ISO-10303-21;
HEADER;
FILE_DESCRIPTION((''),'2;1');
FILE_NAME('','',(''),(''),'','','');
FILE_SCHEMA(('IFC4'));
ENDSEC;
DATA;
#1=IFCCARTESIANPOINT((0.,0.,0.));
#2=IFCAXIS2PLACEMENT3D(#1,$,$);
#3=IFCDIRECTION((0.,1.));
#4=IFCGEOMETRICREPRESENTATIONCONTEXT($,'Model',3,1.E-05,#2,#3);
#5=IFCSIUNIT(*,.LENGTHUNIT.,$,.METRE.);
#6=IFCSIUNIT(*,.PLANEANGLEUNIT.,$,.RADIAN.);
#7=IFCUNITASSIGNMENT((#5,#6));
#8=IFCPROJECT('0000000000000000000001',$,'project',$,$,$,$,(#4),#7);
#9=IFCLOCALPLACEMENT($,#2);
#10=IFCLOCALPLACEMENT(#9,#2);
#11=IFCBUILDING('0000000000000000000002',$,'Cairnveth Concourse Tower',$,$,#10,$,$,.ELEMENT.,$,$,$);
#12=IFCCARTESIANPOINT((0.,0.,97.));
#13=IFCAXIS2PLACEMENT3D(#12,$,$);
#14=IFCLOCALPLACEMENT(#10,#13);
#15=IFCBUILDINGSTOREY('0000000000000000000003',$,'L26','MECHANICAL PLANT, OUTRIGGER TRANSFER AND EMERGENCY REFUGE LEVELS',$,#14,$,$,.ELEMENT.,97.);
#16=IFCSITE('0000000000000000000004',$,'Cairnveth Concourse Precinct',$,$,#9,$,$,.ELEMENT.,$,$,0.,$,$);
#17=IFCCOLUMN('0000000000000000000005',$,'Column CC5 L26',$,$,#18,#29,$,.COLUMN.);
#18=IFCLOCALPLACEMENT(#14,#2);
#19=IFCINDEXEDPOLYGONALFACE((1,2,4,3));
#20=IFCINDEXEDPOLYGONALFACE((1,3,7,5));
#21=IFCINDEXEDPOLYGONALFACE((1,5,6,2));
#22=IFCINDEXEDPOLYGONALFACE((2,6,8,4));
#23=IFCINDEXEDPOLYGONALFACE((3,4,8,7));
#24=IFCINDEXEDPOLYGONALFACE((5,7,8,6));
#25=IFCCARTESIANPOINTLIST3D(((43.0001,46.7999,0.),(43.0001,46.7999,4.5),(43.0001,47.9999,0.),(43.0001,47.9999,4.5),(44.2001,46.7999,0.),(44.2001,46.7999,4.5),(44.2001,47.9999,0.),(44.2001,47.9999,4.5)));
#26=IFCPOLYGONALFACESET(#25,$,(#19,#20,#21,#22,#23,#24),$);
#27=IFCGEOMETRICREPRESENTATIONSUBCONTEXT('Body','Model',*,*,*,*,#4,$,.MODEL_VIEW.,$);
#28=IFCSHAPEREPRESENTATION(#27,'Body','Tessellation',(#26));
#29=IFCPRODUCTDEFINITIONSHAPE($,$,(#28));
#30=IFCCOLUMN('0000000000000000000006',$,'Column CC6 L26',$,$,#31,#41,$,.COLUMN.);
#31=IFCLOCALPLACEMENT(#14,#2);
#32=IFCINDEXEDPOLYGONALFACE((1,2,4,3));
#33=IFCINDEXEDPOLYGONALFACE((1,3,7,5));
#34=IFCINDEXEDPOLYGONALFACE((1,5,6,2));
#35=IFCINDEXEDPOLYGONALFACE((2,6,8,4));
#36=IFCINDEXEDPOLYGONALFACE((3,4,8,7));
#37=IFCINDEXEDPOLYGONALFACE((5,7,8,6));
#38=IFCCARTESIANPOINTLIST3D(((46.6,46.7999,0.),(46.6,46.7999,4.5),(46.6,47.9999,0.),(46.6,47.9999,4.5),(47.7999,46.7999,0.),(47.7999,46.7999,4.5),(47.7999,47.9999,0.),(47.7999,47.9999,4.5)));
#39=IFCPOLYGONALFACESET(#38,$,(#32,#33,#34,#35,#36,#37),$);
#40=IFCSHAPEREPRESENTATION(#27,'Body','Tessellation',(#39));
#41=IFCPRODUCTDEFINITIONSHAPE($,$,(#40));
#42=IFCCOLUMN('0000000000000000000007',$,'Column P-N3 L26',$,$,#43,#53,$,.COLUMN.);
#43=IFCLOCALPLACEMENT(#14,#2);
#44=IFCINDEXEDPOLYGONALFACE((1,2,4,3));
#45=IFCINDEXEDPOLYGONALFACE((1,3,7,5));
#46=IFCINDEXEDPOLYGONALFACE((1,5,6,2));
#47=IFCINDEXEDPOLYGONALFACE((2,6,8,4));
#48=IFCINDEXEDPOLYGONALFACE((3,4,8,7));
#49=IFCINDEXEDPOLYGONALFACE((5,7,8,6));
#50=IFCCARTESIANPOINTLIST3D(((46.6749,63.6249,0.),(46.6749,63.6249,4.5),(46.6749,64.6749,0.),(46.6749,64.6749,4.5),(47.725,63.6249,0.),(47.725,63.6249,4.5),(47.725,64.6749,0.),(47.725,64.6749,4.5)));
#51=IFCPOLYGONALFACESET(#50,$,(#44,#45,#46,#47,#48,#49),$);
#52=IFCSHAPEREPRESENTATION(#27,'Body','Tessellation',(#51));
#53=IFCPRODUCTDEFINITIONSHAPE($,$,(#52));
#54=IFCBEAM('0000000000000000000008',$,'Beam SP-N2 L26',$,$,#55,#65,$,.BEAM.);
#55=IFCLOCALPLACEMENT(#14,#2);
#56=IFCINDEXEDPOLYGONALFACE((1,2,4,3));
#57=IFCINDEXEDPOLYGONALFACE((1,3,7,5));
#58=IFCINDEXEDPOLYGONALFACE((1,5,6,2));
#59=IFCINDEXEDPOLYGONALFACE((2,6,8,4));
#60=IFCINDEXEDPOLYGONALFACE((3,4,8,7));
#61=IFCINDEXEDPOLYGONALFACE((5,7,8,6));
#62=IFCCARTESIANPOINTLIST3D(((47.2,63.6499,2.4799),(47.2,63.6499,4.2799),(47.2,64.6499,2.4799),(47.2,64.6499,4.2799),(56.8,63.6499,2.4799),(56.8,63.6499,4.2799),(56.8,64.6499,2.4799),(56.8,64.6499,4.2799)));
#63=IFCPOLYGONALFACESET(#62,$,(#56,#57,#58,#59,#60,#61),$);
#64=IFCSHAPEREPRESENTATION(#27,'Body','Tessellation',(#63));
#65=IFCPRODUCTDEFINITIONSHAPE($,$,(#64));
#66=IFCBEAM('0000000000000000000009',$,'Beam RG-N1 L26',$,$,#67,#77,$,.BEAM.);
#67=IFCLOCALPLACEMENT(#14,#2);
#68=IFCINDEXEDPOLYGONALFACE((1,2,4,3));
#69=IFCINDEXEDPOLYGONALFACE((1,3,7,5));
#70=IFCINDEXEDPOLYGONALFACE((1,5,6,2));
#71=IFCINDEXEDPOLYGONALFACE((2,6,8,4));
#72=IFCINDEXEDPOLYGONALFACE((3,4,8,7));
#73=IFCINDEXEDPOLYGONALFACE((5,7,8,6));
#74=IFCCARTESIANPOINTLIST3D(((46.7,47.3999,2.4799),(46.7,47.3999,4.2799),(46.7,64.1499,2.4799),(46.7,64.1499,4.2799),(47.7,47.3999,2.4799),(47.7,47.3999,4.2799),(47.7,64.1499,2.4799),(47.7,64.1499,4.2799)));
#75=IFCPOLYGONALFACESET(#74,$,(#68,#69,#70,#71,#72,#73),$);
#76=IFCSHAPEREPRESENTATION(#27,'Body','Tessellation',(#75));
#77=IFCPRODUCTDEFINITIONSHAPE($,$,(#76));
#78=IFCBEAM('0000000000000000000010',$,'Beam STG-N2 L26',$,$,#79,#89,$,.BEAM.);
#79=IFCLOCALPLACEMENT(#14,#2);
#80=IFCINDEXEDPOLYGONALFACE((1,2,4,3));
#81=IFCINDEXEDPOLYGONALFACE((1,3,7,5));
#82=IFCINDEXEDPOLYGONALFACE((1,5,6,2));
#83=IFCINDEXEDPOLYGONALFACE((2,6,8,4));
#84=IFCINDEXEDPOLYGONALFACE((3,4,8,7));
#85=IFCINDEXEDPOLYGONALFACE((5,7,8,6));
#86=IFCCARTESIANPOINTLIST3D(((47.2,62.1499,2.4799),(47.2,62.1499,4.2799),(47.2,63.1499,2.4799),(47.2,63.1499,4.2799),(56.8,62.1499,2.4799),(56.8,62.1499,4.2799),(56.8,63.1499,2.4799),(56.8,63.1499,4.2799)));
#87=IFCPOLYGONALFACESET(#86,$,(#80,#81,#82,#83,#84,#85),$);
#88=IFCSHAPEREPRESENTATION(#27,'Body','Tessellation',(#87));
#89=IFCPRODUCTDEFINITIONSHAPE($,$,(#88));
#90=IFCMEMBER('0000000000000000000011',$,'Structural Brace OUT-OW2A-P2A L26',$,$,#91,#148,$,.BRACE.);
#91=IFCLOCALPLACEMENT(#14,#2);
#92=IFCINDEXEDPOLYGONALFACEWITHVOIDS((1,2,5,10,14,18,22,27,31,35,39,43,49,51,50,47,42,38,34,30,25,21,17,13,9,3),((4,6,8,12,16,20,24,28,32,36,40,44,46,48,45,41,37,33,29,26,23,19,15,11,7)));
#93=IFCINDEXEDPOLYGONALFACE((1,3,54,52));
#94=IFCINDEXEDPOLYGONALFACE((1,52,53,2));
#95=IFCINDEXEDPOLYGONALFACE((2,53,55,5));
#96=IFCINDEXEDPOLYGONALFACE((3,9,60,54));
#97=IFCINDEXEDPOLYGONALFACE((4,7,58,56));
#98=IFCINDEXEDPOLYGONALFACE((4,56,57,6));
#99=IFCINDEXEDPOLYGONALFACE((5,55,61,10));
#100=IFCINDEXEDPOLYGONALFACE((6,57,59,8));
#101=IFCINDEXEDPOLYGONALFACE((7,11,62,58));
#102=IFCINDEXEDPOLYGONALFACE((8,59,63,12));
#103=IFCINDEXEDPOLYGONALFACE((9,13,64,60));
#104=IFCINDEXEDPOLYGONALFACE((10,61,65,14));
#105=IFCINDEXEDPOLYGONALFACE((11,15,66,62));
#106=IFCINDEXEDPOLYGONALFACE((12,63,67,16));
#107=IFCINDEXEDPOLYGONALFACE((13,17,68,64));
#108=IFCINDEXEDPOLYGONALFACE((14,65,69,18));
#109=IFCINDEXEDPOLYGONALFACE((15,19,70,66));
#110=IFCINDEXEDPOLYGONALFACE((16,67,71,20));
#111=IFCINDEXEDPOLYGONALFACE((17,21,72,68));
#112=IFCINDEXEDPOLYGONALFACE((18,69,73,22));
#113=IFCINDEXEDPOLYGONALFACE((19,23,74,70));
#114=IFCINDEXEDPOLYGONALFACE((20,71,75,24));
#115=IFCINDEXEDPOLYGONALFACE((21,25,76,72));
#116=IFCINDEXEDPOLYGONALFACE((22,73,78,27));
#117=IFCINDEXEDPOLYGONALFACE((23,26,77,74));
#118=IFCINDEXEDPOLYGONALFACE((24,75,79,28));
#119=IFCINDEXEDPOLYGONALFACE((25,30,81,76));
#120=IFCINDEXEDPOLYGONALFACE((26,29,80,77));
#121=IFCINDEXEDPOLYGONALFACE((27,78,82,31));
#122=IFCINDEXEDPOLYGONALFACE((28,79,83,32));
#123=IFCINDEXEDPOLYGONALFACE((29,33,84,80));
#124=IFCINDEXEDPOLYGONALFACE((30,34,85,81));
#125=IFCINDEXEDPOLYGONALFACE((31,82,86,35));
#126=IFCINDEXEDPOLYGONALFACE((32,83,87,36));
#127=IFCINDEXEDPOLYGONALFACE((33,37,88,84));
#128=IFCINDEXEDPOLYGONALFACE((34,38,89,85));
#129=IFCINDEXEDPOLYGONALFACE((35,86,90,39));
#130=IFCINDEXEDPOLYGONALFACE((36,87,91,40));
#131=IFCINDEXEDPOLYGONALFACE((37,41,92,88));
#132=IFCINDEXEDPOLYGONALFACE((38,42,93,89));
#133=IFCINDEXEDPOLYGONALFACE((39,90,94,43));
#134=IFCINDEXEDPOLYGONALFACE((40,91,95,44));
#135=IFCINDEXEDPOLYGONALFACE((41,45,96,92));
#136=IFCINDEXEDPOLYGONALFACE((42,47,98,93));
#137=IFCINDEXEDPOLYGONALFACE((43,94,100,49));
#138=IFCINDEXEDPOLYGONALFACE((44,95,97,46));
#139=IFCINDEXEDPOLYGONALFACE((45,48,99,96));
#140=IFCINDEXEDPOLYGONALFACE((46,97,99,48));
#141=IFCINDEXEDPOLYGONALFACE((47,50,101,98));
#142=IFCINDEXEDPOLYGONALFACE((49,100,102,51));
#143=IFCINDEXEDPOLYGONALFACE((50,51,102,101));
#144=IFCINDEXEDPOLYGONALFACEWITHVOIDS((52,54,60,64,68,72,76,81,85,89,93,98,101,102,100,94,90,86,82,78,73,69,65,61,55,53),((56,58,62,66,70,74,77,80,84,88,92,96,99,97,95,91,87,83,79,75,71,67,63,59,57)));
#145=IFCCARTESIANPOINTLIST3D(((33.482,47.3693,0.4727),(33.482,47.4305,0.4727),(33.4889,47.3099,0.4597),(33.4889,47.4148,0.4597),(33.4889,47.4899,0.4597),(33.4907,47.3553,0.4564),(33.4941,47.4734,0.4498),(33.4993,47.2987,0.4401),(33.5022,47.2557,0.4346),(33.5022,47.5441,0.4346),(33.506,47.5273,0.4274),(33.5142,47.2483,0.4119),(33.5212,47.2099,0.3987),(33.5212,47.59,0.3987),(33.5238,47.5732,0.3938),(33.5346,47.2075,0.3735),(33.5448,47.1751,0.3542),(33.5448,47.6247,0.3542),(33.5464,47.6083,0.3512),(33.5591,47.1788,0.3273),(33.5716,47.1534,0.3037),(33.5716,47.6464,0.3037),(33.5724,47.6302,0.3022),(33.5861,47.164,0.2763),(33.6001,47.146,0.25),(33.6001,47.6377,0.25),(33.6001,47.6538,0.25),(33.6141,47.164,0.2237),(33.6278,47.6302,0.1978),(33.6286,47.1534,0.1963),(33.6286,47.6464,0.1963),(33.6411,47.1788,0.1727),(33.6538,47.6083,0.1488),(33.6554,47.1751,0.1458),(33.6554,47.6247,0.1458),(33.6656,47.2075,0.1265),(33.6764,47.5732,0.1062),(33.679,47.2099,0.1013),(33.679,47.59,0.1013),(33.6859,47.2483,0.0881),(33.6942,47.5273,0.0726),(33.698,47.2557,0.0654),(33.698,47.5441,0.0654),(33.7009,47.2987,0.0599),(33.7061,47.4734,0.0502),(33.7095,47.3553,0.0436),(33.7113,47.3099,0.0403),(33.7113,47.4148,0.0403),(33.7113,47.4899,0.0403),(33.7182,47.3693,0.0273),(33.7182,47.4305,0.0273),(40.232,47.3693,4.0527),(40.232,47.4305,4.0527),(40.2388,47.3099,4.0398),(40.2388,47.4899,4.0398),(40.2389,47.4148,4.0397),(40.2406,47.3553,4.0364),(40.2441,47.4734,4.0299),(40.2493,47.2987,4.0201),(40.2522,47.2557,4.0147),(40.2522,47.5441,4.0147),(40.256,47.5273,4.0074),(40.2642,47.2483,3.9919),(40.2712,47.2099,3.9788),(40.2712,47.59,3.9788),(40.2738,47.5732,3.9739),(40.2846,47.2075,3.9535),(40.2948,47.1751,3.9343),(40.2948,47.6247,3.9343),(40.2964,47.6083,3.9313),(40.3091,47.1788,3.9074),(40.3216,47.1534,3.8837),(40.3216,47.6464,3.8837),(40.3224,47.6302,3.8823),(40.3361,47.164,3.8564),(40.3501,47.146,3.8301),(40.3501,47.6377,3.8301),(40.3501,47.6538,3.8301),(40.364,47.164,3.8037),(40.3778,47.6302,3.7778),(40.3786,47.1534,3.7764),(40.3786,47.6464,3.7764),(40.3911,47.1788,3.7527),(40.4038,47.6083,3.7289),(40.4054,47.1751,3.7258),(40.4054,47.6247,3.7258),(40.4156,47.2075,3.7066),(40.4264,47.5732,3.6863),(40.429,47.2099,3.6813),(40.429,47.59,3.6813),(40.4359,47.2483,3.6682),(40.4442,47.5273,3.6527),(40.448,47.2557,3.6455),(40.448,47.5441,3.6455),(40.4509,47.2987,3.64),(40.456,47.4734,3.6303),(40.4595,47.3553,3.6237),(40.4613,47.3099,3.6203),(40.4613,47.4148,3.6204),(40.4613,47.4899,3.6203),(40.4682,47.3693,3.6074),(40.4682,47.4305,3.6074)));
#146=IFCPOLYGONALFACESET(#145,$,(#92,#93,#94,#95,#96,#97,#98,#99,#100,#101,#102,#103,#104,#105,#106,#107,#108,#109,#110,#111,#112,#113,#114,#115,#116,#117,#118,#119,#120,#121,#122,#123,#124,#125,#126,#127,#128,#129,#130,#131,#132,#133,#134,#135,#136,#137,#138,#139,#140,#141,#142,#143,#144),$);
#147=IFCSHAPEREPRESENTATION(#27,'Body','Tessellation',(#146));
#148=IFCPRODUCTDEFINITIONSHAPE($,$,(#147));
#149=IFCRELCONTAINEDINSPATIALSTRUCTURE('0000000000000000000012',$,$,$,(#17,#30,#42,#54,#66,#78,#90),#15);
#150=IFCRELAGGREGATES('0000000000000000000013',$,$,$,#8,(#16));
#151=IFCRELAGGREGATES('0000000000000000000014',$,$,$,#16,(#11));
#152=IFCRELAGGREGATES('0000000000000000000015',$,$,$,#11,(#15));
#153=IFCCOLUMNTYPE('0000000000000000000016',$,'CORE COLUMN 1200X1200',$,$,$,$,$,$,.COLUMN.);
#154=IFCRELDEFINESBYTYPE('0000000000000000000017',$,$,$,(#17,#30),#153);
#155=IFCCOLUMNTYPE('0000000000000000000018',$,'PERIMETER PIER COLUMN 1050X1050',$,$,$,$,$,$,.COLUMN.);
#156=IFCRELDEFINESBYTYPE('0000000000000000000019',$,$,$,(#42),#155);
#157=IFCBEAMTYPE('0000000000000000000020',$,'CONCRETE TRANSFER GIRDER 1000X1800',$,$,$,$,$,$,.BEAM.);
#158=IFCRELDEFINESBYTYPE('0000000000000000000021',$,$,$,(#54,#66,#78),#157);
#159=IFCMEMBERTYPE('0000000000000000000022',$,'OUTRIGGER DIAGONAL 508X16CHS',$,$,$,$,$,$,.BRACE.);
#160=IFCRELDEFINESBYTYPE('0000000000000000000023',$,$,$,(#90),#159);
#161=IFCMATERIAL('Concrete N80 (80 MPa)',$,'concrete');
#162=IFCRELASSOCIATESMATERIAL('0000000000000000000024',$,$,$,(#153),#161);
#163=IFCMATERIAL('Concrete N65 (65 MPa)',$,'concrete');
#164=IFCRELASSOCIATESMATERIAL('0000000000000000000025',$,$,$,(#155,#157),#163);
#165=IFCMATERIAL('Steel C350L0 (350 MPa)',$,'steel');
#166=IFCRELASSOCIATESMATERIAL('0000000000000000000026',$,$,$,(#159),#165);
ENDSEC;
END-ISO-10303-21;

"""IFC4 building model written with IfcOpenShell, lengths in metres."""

from ifc_helpers import new_model, si_unit, direction, frame, origin, origin_2d, place, context, subcontext, project, spatial, rectangle, hollow_circle, extrude, material, material_profile, profile_set, type_object, element, save


model = new_model("IFC4")

# Units and contexts
model_context = context("Model", 3, precision=1e-05, world=origin(), true_north=direction((0.0, 1.0)))
body_context = subcontext(model_context, "Body", "Model", "MODEL_VIEW")
ifc_project = project(units=[si_unit("LENGTHUNIT", "METRE"), si_unit("PLANEANGLEUNIT", "RADIAN")], contexts=[model_context])

# Site, building, storey
site_placement = place(None, origin())
site = spatial("IfcSite", under=ifc_project, at=site_placement, Name="Cairnveth Concourse Precinct", CompositionType="ELEMENT", RefElevation=0.0)
building_placement = place(site_placement, origin())
building = spatial("IfcBuilding", under=site, at=building_placement, Name="Cairnveth Concourse Tower", CompositionType="ELEMENT")
storey_placement = place(building_placement, frame((0.0, 0.0, 97.0)))
storey = spatial("IfcBuildingStorey", under=building, at=storey_placement, Name="L26", Description="MECHANICAL PLANT, OUTRIGGER TRANSFER AND EMERGENCY REFUGE LEVELS", CompositionType="ELEMENT", Elevation=97.0)

# Columns
ifc_material_1 = material(Name="Concrete N80 (80 MPa)", Category="concrete")
ifc_material_profile_1 = material_profile(ifc_material_1, rectangle(XDim=1.2, YDim=1.2, at=origin_2d()), Name="RC-COL-1200x1200")
ifc_profile_set_1 = profile_set([ifc_material_profile_1], Name="Concrete N80 (80 MPa)")
column_type_1 = type_object("IfcColumnType", Name="CORE COLUMN 1200X1200", PredefinedType="COLUMN", material=ifc_profile_set_1)
for number, where, z_axis, x_axis, name in (
    (1, (43.6001, 47.3999, 0.0), (0.0, 0.0, 1.0), (1.0, 0.0, 0.0), "Column CC5 L26"),
    (2, (47.2, 47.3999, 0.0), (0.0, 0.0, 1.0), (1.0, 0.0, 0.0), "Column CC6 L26"),
):
    element("IfcColumn", number, at=place(storey_placement, frame(where, z_axis=z_axis, x_axis=x_axis)), inside=storey, type_object=column_type_1, Name=name, PredefinedType="COLUMN", context=body_context, shape_type="SweptSolid", body=[
        extrude(rectangle(XDim=1.2, YDim=1.2, at=origin_2d()), origin(), (0.0, 0.0, 1.0), 4.5),
    ])
ifc_material_2 = material(Name="Concrete N65 (65 MPa)", Category="concrete")
ifc_material_profile_2 = material_profile(ifc_material_2, rectangle(XDim=1.05, YDim=1.05, at=origin_2d()), Name="RC-COL-1050x1050")
ifc_profile_set_2 = profile_set([ifc_material_profile_2], Name="Concrete N65 (65 MPa)")
column_type_2 = type_object("IfcColumnType", Name="PERIMETER PIER COLUMN 1050X1050", PredefinedType="COLUMN", material=ifc_profile_set_2)
column_placement = place(storey_placement, frame((47.2, 64.1499, 0.0), z_axis=(0.0, 0.0, 1.0), x_axis=(1.0, 0.0, 0.0)))
element("IfcColumn", 3, at=column_placement, inside=storey, type_object=column_type_2, Name="Column P-N3 L26", PredefinedType="COLUMN", context=body_context, shape_type="SweptSolid", body=[
    extrude(rectangle(XDim=1.05, YDim=1.05, at=origin_2d()), origin(), (0.0, 0.0, 1.0), 4.5),
])

# Beams
ifc_material_profile_3 = material_profile(ifc_material_2, rectangle(XDim=1.0, YDim=1.8, at=origin_2d()), Name="RC-TB-1000x1800")
ifc_profile_set_3 = profile_set([ifc_material_profile_3], Name="Concrete N65 (65 MPa)")
beam_type_1 = type_object("IfcBeamType", Name="CONCRETE TRANSFER GIRDER 1000X1800", PredefinedType="BEAM", material=ifc_profile_set_3)
beam_1_placement = place(storey_placement, frame((47.2, 64.1499, 3.3799), z_axis=(1.0, 0.0, 0.0), x_axis=(0.0, 1.0, 0.0)))
element("IfcBeam", 4, at=beam_1_placement, inside=storey, type_object=beam_type_1, Name="Beam SP-N2 L26", PredefinedType="BEAM", context=body_context, shape_type="SweptSolid", body=[
    extrude(rectangle(XDim=1.0, YDim=1.8, at=origin_2d()), origin(), (0.0, 0.0, 1.0), 9.6001),
])
beam_2_placement = place(storey_placement, frame((47.2, 47.3999, 3.3799), z_axis=(0.0, 1.0, 0.0), x_axis=(-1.0, 0.0, 0.0)))
element("IfcBeam", 5, at=beam_2_placement, inside=storey, type_object=beam_type_1, Name="Beam RG-N1 L26", PredefinedType="BEAM", context=body_context, shape_type="SweptSolid", body=[
    extrude(rectangle(XDim=1.0, YDim=1.8, at=origin_2d()), origin(), (0.0, 0.0, 1.0), 16.75),
])
beam_3_placement = place(storey_placement, frame((47.2, 62.6499, 3.3799), z_axis=(1.0, 0.0, 0.0), x_axis=(0.0, 1.0, 0.0)))
element("IfcBeam", 6, at=beam_3_placement, inside=storey, type_object=beam_type_1, Name="Beam STG-N2 L26", PredefinedType="BEAM", context=body_context, shape_type="SweptSolid", body=[
    extrude(rectangle(XDim=1.0, YDim=1.8, at=origin_2d()), origin(), (0.0, 0.0, 1.0), 9.6001),
])

# Member
ifc_material_3 = material(Name="Steel C350L0 (350 MPa)", Category="steel")
ifc_material_profile_4 = material_profile(ifc_material_3, hollow_circle(Radius=0.2539, WallThickness=0.0161, at=origin_2d()), Name="508.0x16.0CHS")
ifc_profile_set_4 = profile_set([ifc_material_profile_4], Name="Steel C350L0 (350 MPa)")
member_type_1 = type_object("IfcMemberType", Name="OUTRIGGER DIAGONAL 508X16CHS", PredefinedType="BRACE", material=ifc_profile_set_4)
member_1_placement = place(storey_placement, frame((33.6001, 47.3999, 0.25), z_axis=(0.883433, 0.0, 0.468557), x_axis=(0.0, 1.0, 0.0)))
element("IfcMember", 7, at=member_1_placement, inside=storey, type_object=member_type_1, Name="Structural Brace OUT-OW2A-P2A L26", PredefinedType="BRACE", context=body_context, shape_type="SweptSolid", body=[
    extrude(hollow_circle(Radius=0.2539, WallThickness=0.0161, at=origin_2d()), origin(), (0.0, 0.0, 1.0), 7.6406),
])

save(model, "model.ifc")
